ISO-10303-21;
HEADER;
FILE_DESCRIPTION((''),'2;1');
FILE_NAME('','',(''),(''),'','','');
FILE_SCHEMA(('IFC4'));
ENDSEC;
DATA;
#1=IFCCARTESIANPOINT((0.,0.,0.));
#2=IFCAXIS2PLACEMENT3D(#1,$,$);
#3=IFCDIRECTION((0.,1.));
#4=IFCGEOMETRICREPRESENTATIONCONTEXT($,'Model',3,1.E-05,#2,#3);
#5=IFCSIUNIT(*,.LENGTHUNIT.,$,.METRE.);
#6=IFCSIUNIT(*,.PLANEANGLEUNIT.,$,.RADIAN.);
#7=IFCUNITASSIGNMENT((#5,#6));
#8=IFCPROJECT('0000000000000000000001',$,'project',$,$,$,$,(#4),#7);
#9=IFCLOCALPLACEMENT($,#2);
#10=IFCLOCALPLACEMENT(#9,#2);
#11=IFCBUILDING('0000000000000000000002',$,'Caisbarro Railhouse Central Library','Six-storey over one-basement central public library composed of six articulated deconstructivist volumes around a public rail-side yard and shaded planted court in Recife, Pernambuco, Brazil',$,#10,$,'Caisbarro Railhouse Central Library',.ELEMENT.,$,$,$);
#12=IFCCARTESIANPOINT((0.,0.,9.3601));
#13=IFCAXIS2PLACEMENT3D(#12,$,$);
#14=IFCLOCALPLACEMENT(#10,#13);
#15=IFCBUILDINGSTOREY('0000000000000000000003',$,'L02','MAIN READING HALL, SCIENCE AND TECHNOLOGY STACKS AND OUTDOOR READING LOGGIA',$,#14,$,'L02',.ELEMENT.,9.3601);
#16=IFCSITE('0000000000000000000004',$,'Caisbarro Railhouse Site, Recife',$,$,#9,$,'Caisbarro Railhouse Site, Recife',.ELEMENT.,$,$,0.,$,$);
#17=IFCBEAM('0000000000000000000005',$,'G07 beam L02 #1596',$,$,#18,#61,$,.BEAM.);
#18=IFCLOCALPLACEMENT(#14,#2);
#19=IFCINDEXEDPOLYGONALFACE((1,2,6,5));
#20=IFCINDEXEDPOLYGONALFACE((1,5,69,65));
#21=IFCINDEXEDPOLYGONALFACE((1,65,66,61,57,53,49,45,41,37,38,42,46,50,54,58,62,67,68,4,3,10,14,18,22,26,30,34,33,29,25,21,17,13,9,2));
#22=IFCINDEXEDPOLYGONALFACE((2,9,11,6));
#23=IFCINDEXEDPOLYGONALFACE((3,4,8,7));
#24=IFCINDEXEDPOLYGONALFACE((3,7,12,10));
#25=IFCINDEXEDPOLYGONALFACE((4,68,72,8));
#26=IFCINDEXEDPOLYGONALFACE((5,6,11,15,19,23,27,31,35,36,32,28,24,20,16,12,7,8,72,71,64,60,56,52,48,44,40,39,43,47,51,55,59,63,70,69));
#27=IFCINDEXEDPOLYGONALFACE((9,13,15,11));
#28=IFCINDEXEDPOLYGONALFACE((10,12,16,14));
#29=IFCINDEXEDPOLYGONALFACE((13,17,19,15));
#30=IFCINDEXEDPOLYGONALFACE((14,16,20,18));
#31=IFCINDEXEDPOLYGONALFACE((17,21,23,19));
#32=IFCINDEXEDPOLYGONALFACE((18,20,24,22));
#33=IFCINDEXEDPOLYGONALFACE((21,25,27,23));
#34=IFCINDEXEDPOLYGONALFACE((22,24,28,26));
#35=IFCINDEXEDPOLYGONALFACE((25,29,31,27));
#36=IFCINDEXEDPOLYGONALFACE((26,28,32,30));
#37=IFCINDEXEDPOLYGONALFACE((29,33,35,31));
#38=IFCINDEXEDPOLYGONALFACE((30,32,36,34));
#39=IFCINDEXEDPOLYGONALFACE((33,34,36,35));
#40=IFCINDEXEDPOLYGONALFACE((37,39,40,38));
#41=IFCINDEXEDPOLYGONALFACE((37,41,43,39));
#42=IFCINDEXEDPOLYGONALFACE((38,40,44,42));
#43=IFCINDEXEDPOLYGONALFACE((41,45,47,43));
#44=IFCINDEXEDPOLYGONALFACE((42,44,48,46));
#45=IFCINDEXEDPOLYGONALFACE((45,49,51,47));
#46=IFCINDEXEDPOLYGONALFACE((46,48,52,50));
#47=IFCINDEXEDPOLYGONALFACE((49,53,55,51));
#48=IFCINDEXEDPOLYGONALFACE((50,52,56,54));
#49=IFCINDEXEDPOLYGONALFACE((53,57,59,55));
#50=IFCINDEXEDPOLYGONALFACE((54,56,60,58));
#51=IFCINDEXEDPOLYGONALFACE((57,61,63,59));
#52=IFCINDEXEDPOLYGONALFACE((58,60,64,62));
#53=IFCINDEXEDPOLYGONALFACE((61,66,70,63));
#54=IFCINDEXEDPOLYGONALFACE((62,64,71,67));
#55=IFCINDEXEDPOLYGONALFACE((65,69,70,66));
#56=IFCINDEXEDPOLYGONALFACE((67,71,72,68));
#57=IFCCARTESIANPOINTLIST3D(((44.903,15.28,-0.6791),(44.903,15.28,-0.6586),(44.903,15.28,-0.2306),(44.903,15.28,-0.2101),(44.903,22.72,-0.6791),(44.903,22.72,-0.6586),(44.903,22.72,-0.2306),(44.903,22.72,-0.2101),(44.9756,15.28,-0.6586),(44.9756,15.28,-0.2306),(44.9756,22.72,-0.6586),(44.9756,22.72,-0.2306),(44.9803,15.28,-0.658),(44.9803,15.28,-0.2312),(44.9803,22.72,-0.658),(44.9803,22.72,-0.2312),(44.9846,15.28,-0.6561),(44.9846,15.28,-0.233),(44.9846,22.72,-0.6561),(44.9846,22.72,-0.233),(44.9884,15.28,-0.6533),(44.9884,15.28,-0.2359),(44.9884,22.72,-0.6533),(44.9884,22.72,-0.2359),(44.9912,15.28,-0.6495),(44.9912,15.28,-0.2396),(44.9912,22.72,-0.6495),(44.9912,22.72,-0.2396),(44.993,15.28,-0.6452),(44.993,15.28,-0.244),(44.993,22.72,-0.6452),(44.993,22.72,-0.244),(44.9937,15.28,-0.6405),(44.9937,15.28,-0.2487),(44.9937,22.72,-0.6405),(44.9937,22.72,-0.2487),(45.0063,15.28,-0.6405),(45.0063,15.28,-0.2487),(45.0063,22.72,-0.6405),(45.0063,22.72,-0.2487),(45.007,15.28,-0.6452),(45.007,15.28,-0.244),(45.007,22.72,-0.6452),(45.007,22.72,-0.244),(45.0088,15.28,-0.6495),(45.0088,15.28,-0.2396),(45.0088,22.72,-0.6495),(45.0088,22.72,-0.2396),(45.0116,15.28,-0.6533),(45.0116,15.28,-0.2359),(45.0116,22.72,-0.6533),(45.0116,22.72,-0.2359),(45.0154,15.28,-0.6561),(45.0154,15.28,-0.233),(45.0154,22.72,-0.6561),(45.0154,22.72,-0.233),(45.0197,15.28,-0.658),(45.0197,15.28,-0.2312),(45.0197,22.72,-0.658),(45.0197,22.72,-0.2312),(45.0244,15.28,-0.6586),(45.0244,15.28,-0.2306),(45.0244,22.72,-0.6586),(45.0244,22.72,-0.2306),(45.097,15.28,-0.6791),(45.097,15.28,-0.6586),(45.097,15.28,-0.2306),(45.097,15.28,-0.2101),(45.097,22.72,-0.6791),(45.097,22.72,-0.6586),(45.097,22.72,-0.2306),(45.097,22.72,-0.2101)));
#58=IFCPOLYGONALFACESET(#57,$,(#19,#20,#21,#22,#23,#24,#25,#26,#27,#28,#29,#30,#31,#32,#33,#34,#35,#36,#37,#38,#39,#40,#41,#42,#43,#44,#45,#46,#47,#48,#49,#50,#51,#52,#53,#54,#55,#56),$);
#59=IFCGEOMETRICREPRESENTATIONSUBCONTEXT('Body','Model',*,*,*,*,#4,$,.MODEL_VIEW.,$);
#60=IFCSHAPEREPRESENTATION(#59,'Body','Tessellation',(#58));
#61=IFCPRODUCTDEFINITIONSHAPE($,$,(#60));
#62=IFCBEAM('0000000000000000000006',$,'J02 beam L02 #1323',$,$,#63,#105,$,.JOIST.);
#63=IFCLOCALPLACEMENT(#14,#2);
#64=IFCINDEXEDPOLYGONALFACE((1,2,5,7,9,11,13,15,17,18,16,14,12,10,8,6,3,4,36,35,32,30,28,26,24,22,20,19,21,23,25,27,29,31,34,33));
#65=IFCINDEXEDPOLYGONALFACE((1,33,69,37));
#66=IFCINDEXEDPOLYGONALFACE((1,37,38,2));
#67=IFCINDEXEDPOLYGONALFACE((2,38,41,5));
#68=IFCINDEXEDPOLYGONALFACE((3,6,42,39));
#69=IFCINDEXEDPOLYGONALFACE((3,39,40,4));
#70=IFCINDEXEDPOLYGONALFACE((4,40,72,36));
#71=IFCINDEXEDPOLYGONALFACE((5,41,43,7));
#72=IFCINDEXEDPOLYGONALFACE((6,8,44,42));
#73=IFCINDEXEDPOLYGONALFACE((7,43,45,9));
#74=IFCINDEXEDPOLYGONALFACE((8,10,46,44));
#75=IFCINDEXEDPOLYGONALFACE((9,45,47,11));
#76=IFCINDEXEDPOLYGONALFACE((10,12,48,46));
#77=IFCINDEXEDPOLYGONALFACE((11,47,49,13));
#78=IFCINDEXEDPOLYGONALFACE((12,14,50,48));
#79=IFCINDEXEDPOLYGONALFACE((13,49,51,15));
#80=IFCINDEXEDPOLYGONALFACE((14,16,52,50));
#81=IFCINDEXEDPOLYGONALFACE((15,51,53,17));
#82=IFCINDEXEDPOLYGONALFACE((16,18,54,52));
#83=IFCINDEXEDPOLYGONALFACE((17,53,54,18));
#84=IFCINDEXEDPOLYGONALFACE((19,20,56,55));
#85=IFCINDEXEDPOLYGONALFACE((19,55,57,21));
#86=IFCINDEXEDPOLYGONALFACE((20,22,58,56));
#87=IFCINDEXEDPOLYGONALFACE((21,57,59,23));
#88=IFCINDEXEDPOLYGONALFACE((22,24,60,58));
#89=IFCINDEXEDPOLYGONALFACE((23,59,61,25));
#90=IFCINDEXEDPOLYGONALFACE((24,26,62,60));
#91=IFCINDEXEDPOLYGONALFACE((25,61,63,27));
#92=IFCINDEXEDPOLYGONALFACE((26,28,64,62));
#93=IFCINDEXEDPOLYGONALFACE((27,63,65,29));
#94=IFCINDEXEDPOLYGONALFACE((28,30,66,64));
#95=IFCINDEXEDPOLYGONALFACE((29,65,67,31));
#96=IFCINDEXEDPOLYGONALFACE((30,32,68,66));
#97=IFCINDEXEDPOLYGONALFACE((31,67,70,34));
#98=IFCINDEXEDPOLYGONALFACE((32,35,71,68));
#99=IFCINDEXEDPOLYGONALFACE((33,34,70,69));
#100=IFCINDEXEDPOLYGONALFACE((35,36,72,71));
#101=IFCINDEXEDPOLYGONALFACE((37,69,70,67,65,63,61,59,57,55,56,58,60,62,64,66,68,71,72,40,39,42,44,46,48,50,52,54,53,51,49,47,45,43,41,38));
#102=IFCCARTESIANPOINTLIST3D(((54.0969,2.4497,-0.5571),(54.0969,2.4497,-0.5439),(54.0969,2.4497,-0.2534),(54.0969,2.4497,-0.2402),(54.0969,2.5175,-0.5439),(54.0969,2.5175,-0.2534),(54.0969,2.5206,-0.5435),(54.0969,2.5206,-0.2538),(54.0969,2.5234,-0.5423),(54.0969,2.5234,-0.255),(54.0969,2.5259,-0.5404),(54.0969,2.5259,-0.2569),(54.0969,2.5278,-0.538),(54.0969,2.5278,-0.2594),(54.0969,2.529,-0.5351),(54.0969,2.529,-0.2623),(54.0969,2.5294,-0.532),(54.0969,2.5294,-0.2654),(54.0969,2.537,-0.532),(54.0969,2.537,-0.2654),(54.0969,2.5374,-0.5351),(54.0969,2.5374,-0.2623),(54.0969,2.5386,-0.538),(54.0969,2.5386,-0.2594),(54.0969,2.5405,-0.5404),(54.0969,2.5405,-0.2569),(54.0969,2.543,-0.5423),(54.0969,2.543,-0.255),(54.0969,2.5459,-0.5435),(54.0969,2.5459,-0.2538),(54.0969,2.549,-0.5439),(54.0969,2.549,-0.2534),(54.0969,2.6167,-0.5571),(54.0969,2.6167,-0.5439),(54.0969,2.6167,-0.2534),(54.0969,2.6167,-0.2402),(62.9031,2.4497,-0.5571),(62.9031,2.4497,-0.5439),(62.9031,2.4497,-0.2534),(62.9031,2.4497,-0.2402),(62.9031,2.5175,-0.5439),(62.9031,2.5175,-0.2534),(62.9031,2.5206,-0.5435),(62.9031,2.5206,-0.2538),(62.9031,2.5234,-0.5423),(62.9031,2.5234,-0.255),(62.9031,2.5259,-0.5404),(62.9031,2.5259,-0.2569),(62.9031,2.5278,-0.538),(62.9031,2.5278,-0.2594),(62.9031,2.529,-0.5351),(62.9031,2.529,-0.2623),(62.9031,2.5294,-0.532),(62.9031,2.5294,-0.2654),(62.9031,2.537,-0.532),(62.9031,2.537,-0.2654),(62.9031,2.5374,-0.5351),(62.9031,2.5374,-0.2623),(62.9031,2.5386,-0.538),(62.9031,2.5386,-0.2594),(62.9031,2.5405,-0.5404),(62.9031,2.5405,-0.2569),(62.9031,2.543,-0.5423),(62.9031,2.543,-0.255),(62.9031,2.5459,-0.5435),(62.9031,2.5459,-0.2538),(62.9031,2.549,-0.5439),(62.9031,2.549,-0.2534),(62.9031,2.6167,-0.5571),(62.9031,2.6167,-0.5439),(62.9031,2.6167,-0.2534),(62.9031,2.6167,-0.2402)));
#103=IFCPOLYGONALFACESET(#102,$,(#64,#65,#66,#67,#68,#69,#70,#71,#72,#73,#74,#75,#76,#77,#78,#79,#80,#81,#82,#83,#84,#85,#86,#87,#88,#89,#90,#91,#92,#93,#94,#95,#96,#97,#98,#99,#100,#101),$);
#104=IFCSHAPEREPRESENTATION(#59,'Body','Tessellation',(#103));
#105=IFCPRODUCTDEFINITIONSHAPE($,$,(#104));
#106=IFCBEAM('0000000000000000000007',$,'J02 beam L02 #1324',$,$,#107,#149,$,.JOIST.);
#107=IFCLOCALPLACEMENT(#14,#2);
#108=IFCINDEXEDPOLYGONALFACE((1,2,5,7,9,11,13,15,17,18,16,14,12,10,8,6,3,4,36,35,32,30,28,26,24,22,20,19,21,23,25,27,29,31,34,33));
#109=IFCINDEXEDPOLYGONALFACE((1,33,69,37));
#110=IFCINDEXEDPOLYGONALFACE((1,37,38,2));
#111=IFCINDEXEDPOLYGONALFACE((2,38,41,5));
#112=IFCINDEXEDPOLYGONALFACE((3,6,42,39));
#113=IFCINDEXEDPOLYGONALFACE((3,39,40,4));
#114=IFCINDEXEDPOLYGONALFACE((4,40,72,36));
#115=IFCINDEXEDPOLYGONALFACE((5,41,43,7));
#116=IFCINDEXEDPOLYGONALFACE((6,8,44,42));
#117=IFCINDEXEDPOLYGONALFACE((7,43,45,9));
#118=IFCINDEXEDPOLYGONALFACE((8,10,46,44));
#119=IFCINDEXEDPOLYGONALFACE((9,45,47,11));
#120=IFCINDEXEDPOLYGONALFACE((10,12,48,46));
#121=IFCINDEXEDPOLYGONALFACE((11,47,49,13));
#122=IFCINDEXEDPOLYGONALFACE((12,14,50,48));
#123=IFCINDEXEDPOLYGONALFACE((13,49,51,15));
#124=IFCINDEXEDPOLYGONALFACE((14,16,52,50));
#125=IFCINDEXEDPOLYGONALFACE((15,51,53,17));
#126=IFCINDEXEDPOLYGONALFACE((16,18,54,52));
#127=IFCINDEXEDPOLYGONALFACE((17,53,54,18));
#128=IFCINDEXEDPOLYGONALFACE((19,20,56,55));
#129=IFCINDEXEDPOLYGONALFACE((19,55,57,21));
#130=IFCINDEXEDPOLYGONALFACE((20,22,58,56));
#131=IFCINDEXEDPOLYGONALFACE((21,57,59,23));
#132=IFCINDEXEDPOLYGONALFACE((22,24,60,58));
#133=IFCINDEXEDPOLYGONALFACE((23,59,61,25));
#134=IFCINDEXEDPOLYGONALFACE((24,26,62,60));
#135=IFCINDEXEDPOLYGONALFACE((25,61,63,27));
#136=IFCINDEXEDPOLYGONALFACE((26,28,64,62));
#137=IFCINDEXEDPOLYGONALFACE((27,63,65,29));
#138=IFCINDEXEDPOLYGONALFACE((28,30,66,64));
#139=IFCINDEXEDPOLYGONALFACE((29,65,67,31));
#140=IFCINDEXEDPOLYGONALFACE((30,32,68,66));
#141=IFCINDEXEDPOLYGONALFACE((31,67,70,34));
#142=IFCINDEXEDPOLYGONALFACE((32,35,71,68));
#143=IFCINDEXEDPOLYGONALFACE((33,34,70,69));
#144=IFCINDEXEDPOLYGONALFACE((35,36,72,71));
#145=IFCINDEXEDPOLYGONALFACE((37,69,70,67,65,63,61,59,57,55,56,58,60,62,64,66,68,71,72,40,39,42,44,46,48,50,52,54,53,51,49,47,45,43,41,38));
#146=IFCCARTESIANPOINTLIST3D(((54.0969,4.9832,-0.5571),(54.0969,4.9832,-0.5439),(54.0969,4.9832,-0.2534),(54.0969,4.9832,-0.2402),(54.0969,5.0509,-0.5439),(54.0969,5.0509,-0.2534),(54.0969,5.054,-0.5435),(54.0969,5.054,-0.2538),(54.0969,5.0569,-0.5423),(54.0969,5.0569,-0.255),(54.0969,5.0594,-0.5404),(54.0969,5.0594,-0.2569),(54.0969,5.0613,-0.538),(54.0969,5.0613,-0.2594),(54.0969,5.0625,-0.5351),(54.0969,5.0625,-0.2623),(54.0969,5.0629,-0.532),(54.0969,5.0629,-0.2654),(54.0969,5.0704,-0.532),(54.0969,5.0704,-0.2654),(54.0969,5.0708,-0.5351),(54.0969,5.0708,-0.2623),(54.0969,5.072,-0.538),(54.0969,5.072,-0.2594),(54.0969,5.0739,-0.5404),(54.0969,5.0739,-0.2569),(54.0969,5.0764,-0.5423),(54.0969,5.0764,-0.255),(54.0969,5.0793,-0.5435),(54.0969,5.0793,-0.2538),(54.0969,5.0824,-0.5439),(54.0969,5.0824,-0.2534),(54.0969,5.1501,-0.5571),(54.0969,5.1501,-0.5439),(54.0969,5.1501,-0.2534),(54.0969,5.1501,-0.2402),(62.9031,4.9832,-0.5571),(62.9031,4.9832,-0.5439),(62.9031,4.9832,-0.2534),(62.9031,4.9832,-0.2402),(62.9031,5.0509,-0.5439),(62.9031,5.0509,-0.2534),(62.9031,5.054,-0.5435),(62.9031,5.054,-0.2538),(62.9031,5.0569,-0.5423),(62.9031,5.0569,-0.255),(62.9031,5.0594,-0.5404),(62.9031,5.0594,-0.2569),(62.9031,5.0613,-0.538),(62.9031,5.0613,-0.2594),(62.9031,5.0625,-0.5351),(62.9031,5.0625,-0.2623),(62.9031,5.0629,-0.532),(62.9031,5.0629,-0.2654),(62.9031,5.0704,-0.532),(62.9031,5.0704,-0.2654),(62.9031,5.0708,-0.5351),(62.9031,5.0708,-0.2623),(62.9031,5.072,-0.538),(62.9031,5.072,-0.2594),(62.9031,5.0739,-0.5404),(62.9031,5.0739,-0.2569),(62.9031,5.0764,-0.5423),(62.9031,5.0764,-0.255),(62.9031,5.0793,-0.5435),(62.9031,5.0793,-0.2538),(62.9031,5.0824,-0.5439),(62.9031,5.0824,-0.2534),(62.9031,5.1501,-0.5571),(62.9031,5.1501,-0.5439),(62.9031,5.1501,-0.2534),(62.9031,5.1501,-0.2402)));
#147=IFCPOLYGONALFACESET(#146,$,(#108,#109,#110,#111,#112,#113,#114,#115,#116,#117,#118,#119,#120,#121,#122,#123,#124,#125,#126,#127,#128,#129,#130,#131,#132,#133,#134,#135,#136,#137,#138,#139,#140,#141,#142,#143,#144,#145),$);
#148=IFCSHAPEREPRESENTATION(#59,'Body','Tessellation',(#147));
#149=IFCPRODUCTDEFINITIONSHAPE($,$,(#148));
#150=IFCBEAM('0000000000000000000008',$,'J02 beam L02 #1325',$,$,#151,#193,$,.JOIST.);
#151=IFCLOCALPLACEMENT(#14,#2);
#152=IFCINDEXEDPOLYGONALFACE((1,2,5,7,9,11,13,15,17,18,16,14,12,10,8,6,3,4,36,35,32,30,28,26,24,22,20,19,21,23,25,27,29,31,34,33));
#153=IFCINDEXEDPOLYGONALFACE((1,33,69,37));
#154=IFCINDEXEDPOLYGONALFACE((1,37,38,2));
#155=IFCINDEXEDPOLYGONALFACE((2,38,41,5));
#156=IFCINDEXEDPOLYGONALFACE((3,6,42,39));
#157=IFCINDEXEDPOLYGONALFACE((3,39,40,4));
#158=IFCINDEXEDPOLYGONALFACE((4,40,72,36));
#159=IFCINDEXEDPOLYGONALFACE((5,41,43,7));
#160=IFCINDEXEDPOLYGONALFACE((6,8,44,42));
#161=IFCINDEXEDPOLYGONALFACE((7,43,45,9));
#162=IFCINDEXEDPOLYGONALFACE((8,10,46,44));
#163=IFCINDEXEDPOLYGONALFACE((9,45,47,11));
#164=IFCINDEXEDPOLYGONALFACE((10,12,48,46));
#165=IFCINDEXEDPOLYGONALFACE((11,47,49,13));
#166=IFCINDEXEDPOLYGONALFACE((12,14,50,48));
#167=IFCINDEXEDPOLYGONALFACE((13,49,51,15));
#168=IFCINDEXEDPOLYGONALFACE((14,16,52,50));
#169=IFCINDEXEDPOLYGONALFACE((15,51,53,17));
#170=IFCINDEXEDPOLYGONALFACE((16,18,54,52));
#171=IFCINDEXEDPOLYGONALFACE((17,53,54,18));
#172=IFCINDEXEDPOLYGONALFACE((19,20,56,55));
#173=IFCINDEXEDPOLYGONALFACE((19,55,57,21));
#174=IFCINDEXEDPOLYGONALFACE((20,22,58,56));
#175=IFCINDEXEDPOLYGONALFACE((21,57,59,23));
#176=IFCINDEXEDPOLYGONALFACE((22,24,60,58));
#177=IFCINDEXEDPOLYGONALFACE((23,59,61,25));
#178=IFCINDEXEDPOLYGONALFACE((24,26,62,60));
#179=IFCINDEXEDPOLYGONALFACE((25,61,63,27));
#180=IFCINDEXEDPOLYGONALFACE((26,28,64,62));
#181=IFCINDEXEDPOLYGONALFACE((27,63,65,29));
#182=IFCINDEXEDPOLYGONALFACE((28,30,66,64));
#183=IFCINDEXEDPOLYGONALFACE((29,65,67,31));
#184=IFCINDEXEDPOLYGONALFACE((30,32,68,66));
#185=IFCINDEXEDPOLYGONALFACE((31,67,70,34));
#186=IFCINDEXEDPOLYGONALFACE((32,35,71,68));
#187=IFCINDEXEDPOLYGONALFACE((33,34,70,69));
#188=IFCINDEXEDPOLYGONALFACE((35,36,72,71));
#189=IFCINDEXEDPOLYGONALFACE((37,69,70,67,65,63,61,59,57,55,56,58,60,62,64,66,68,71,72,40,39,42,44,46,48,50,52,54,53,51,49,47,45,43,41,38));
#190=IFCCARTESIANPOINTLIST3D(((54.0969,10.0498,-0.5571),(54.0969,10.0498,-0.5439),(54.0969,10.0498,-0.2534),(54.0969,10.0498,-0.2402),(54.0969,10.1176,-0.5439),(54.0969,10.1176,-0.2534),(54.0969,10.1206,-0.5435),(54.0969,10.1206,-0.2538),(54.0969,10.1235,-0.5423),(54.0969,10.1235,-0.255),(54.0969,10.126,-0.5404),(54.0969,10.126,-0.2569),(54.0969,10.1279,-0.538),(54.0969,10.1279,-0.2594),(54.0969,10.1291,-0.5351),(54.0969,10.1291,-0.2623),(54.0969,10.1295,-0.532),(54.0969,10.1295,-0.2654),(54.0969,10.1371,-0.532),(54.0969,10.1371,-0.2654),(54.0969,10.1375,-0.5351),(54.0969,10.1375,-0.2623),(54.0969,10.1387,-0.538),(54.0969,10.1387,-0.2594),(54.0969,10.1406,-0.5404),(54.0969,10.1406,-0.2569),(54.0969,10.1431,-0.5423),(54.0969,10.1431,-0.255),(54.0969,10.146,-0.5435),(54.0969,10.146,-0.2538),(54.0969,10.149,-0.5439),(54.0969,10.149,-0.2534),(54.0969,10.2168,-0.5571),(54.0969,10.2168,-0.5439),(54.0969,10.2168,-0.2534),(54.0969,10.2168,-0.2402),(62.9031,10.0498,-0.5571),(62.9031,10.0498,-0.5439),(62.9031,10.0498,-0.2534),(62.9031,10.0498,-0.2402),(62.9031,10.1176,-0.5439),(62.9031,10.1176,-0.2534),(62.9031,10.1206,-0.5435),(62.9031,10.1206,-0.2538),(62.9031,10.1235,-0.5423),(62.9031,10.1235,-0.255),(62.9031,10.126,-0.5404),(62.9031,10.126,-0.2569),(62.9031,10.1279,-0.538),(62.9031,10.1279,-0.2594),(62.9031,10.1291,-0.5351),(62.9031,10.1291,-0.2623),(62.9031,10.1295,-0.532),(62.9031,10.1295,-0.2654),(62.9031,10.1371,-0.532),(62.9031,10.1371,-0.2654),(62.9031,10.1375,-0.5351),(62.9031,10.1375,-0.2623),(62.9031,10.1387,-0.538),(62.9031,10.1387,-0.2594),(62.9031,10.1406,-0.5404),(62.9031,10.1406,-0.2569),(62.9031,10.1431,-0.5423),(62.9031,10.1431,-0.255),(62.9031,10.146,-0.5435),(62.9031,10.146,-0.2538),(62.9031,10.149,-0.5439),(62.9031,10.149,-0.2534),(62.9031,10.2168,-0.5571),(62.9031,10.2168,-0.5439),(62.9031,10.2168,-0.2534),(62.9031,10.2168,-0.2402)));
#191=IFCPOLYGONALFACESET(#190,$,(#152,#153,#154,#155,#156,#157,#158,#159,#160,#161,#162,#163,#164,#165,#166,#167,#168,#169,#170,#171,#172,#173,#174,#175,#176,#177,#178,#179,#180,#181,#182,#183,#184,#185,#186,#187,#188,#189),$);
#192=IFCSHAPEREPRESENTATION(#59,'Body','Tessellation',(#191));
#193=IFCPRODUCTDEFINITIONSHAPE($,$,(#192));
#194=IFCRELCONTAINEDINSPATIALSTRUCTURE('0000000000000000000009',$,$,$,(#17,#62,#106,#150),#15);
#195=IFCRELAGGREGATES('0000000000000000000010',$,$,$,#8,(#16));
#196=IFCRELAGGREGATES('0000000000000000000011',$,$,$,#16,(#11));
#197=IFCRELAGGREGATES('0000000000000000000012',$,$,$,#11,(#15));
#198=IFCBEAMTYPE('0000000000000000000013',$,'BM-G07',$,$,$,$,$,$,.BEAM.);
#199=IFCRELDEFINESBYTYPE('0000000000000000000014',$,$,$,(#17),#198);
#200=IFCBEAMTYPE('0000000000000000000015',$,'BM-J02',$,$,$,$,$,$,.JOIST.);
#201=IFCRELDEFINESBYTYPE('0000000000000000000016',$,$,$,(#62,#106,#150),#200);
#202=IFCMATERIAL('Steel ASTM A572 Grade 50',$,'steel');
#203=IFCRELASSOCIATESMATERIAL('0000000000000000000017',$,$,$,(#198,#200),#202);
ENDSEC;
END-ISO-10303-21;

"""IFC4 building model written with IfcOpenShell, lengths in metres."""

from ifc_helpers import new_model, si_unit, direction, frame, origin, origin_2d, place, context, subcontext, project, spatial, i_section, extrude, material, material_profile, profile_set, type_object, element, save


model = new_model("IFC4")

# Units and contexts
model_context = context("Model", 3, precision=1e-05, world=origin(), true_north=direction((0.0, 1.0)))
body_context = subcontext(model_context, "Body", "Model", "MODEL_VIEW")
ifc_project = project(units=[si_unit("LENGTHUNIT", "METRE"), si_unit("PLANEANGLEUNIT", "RADIAN")], contexts=[model_context])

# Site, building, storey
site_placement = place(None, origin())
site = spatial("IfcSite", under=ifc_project, at=site_placement, Name="Caisbarro Railhouse Site, Recife", LongName="Caisbarro Railhouse Site, Recife", CompositionType="ELEMENT", RefElevation=0.0)
building_placement = place(site_placement, origin())
building = spatial("IfcBuilding", under=site, at=building_placement, Name="Caisbarro Railhouse Central Library", Description="Six-storey over one-basement central public library composed of six articulated deconstructivist volumes around a public rail-side yard and shaded planted court in Recife, Pernambuco, Brazil", LongName="Caisbarro Railhouse Central Library", CompositionType="ELEMENT")
storey_placement = place(building_placement, frame((0.0, 0.0, 9.3601)))
storey = spatial("IfcBuildingStorey", under=building, at=storey_placement, Name="L02", Description="MAIN READING HALL, SCIENCE AND TECHNOLOGY STACKS AND OUTDOOR READING LOGGIA", LongName="L02", CompositionType="ELEMENT", Elevation=9.3601)

# Shared definitions
ifc_material_1 = material(Name="Steel ASTM A572 Grade 50", Category="steel")

# Beams
ifc_material_profile_1 = material_profile(ifc_material_1, i_section(OverallWidth=0.1941, OverallDepth=0.469, WebThickness=0.0127, FlangeThickness=0.0205, FilletRadius=0.0181, at=origin_2d()), Name="W460X106.0")
ifc_profile_set_1 = profile_set([ifc_material_profile_1], Name="Steel ASTM A572 Grade 50")
beam_type_1 = type_object("IfcBeamType", Name="BM-G07", PredefinedType="BEAM", material=ifc_profile_set_1)
beam_1_placement = place(storey_placement, frame((45.0, 15.28, -0.4446), z_axis=(0.0, 1.0, 0.0), x_axis=(-1.0, 0.0, 0.0)))
element("IfcBeam", 1, at=beam_1_placement, inside=storey, type_object=beam_type_1, Name="G07 beam L02 #1596", PredefinedType="BEAM", context=body_context, shape_type="SweptSolid", body=[
    extrude(i_section(OverallWidth=0.1941, OverallDepth=0.469, WebThickness=0.0127, FlangeThickness=0.0205, FilletRadius=0.0181, at=origin_2d()), origin(), (0.0, 0.0, 1.0), 7.4399),
])
ifc_material_profile_2 = material_profile(ifc_material_1, i_section(OverallWidth=0.167, OverallDepth=0.3169, WebThickness=0.0076, FlangeThickness=0.0132, FilletRadius=0.012, at=origin_2d()), Name="W310X52.0")
ifc_profile_set_2 = profile_set([ifc_material_profile_2], Name="Steel ASTM A572 Grade 50")
beam_type_2 = type_object("IfcBeamType", Name="BM-J02", PredefinedType="JOIST", material=ifc_profile_set_2)
for number, where, z_axis, x_axis, name in (
    (2, (54.0969, 2.5332, -0.3987), (1.0, 0.0, 0.0), (0.0, 1.0, 0.0), "J02 beam L02 #1323"),
    (3, (54.0969, 5.0667, -0.3987), (1.0, 0.0, 0.0), (0.0, 1.0, 0.0), "J02 beam L02 #1324"),
    (4, (54.0969, 10.1333, -0.3987), (1.0, 0.0, 0.0), (0.0, 1.0, 0.0), "J02 beam L02 #1325"),
):
    element("IfcBeam", number, at=place(storey_placement, frame(where, z_axis=z_axis, x_axis=x_axis)), inside=storey, type_object=beam_type_2, Name=name, PredefinedType="JOIST", context=body_context, shape_type="SweptSolid", body=[
        extrude(i_section(OverallWidth=0.167, OverallDepth=0.3169, WebThickness=0.0076, FlangeThickness=0.0132, FilletRadius=0.012, at=origin_2d()), origin(), (0.0, 0.0, 1.0), 8.8062),
    ])

save(model, "model.ifc")
